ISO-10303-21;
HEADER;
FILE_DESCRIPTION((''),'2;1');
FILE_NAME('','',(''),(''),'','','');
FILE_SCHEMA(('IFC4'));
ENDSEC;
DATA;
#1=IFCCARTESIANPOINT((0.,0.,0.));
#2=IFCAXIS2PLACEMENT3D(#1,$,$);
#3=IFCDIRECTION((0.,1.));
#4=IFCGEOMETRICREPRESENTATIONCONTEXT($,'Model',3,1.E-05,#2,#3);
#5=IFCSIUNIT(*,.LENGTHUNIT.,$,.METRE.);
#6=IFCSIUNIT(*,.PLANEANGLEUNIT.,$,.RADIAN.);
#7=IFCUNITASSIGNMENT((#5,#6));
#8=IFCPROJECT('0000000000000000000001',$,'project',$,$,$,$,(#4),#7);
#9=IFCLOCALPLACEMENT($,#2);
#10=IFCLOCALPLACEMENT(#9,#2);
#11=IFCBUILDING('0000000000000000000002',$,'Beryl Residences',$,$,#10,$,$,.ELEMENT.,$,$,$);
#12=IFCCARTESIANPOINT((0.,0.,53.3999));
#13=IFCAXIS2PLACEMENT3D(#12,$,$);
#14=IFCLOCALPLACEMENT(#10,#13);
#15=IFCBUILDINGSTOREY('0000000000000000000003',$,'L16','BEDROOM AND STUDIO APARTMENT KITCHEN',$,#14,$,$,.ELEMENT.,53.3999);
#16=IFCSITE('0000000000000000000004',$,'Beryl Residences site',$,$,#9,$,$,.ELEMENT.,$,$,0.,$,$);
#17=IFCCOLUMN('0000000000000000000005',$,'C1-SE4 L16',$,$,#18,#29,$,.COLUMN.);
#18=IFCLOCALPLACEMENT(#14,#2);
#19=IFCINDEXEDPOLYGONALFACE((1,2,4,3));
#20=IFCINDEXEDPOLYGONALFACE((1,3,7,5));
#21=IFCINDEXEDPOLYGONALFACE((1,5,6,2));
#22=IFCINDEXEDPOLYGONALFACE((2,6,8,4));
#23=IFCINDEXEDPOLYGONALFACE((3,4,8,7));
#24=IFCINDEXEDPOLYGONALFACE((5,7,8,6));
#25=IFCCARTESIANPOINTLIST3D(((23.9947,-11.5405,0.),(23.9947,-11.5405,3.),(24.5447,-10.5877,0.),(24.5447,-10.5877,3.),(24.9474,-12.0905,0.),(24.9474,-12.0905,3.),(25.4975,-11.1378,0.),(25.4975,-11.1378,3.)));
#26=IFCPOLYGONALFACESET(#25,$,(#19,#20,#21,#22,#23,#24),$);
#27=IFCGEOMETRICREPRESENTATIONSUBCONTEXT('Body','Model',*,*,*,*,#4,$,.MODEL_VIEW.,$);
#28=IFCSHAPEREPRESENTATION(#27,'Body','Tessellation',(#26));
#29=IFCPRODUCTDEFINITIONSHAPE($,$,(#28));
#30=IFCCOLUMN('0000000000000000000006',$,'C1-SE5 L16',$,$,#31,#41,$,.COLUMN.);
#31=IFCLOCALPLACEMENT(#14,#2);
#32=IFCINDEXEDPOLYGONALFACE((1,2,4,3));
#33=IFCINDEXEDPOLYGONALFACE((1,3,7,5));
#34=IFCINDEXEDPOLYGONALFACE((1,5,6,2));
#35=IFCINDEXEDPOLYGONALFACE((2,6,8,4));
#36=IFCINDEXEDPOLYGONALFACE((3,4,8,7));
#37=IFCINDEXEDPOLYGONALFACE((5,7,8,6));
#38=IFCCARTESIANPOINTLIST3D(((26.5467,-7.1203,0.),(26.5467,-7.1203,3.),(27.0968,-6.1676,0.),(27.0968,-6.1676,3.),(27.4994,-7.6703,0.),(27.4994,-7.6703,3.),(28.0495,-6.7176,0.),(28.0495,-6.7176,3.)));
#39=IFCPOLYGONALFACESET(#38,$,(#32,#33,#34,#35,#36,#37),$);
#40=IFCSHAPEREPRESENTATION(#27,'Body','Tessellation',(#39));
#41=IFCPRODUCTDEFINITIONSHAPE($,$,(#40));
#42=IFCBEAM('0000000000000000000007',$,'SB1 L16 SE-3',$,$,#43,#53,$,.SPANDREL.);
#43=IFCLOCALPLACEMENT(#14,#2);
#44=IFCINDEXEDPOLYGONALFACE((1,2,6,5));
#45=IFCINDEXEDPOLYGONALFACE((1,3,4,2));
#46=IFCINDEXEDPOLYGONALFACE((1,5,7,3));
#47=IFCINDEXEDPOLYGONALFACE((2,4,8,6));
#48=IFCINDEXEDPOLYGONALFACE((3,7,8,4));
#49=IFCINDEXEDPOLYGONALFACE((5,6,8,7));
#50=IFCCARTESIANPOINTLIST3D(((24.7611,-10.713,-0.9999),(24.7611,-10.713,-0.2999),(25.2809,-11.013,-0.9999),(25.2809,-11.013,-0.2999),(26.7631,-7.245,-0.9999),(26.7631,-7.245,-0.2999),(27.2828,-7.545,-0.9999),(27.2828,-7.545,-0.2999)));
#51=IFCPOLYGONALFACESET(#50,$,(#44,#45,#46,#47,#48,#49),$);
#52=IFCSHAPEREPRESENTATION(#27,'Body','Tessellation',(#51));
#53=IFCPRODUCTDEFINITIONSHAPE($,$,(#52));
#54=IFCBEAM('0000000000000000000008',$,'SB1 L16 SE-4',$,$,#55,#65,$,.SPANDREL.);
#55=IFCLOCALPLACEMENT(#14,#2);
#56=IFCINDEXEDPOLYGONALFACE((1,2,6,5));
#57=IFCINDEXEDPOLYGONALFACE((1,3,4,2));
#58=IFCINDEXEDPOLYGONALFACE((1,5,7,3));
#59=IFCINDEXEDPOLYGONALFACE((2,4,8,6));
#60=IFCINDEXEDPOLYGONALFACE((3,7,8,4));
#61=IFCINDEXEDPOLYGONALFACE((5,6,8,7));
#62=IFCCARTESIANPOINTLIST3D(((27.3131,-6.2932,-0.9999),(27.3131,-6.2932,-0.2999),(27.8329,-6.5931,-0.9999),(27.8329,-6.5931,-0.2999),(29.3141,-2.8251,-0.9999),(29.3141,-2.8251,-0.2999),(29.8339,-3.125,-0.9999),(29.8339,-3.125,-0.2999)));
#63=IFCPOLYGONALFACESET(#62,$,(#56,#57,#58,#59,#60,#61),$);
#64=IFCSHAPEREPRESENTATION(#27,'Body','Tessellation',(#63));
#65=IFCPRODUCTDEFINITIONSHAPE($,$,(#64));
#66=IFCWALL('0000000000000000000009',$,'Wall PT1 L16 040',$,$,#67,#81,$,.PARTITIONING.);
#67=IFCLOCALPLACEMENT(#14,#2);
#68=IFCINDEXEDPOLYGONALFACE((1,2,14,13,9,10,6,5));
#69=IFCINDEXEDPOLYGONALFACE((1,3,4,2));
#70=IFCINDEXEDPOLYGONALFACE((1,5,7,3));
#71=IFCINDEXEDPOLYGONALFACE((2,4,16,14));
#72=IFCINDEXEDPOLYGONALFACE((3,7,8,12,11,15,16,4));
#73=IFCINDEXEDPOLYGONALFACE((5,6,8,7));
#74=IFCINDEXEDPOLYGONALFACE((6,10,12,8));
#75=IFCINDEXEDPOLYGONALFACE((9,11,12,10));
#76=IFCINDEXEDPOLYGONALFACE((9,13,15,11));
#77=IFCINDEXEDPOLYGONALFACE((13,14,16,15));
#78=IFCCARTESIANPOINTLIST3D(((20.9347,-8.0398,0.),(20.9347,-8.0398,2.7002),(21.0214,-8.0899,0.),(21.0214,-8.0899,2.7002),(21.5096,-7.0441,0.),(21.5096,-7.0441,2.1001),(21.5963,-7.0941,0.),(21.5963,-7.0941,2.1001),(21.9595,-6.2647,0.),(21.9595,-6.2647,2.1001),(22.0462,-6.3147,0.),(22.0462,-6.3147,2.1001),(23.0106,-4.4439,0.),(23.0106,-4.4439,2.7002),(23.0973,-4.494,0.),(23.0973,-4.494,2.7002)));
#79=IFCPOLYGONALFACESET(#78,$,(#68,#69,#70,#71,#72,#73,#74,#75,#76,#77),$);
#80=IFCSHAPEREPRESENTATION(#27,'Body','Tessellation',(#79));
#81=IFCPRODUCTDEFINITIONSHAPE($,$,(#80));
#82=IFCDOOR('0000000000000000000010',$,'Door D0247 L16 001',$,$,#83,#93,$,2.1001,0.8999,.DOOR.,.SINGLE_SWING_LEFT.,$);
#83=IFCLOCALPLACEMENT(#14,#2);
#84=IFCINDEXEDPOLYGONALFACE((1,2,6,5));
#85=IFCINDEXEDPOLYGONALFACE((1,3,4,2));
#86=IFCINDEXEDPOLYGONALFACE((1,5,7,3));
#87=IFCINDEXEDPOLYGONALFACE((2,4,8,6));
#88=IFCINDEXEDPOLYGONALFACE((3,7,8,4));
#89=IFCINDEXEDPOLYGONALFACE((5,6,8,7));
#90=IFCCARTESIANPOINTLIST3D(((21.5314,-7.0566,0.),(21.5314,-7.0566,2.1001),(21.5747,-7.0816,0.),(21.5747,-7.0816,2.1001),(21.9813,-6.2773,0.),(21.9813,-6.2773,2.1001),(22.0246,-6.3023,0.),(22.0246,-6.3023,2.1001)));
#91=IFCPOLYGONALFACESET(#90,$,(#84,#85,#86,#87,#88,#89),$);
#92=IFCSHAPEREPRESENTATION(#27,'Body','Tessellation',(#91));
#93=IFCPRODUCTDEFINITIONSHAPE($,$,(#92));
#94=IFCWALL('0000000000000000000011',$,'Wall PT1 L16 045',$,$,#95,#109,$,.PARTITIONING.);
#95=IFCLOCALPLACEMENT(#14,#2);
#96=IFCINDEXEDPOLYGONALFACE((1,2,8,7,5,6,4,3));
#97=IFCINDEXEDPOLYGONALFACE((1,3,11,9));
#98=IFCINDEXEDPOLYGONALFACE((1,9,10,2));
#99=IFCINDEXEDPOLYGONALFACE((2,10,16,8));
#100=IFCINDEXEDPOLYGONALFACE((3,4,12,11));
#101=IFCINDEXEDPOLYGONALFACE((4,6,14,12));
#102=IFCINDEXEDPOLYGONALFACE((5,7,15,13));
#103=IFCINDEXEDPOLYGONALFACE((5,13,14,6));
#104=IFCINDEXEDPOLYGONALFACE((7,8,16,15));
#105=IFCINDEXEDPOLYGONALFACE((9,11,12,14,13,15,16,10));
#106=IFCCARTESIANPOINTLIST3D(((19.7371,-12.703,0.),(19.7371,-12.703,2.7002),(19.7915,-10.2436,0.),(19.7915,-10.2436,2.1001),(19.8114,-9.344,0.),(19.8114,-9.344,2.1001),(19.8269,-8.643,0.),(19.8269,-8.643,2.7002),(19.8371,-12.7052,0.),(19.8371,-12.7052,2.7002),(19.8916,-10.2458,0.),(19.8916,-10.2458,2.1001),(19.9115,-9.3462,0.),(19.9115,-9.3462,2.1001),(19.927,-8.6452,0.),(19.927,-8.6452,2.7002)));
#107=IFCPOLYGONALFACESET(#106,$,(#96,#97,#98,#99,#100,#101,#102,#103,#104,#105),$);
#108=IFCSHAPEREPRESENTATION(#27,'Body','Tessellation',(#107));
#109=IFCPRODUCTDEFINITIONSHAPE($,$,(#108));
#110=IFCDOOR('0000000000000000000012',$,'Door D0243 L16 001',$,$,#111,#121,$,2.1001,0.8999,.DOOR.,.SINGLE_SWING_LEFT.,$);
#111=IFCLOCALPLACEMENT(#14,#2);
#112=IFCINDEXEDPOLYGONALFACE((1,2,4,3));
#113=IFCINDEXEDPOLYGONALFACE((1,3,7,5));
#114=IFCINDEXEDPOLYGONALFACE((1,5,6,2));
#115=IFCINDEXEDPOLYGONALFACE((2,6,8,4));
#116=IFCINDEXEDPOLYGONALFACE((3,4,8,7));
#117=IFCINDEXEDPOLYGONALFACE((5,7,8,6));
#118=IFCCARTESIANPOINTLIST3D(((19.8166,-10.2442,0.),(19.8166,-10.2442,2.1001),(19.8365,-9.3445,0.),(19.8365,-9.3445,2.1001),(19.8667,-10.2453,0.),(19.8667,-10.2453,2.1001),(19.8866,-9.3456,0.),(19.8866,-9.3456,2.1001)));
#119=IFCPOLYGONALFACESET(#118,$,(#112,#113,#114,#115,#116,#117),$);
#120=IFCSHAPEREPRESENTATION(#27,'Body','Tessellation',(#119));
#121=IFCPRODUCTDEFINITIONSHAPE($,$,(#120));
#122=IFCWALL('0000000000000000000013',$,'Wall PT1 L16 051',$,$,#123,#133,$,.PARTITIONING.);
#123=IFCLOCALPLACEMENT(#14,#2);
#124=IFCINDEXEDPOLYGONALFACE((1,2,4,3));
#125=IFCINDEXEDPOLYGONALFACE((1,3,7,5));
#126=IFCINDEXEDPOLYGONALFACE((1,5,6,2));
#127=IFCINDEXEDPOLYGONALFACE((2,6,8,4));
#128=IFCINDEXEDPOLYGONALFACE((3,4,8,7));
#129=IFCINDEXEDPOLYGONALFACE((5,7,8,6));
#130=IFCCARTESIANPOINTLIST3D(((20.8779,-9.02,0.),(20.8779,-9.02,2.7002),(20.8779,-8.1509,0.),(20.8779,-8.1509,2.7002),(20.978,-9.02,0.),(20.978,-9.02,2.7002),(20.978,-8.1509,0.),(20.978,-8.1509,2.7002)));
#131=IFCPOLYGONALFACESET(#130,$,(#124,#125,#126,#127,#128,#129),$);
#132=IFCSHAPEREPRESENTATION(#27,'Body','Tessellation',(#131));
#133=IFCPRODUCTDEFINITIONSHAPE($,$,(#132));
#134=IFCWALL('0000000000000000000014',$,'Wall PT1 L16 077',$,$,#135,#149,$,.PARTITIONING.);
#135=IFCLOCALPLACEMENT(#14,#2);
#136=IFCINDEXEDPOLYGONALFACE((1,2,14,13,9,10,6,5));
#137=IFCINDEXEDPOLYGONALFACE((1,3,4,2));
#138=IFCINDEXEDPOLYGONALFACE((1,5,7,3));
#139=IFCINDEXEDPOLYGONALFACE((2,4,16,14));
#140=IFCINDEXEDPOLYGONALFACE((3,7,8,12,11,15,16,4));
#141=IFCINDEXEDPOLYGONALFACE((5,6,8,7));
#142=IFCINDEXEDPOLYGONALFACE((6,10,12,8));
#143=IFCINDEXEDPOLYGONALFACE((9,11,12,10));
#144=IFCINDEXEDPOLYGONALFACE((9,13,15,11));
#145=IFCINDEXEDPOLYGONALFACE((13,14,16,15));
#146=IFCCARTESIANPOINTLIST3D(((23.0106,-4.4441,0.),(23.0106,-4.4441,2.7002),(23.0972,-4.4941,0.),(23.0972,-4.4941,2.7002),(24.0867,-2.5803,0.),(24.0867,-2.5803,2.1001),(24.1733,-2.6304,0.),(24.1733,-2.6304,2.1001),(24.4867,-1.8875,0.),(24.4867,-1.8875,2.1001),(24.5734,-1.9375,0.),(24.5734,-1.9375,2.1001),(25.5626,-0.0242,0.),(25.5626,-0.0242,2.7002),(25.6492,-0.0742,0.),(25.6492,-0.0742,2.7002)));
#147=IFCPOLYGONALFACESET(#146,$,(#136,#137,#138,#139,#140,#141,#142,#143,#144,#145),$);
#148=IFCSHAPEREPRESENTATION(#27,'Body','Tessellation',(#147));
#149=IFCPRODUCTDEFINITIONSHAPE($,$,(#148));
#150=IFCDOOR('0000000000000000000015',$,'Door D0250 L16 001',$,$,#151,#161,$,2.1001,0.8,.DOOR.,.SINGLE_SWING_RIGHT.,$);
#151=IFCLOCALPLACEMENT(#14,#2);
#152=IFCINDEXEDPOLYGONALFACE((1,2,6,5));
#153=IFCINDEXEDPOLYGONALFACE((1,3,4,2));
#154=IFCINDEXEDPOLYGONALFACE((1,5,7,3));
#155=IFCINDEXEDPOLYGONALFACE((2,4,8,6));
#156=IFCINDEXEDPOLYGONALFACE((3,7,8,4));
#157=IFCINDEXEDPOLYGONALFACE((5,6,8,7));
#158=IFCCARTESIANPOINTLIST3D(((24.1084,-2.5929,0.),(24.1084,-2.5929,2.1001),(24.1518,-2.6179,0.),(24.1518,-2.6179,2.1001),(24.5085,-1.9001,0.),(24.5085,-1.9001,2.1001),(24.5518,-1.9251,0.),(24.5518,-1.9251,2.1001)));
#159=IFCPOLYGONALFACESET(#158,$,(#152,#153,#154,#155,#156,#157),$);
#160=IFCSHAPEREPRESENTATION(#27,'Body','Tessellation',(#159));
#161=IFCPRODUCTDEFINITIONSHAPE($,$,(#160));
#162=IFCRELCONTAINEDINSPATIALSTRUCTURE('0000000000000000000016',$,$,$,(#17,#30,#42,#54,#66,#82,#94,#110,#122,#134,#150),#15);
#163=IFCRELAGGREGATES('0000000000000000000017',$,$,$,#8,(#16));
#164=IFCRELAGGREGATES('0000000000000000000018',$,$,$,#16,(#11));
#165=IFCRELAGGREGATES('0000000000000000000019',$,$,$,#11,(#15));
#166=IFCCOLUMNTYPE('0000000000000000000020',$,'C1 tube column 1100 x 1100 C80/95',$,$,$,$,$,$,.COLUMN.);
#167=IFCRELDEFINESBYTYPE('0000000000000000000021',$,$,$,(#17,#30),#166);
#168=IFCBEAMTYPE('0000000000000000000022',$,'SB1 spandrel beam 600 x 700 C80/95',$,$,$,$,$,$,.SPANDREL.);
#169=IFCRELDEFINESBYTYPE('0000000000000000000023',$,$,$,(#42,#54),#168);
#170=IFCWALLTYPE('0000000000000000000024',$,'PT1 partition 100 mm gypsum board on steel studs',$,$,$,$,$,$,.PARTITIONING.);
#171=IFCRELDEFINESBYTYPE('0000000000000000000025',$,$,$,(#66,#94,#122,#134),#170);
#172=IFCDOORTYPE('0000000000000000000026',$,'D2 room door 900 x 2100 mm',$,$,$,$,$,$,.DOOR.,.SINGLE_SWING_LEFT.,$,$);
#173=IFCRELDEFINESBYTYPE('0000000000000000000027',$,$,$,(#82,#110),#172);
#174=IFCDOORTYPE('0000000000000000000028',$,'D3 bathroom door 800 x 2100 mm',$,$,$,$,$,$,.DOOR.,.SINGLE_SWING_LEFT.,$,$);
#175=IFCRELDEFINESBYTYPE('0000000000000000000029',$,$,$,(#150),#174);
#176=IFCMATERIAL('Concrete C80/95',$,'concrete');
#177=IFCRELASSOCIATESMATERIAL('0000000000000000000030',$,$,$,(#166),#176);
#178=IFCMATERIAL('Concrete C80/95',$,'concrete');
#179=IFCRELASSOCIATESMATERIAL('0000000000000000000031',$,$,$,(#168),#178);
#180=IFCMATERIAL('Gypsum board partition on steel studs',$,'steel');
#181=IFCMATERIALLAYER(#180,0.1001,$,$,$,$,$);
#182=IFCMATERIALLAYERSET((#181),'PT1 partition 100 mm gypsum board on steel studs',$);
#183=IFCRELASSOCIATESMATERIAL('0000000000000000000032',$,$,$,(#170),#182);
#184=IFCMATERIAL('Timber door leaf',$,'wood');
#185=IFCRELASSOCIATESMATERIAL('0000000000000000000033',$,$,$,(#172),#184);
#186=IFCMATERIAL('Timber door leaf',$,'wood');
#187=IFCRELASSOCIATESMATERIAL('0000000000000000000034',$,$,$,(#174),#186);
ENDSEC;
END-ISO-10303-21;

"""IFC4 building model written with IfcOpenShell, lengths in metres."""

from ifc_helpers import new_model, si_unit, direction, frame, frame_2d, origin, origin_2d, place, context, subcontext, project, spatial, rectangle, extrude, material, layer, layer_set, material_profile, profile_set, type_object, element, fill, save


model = new_model("IFC4")

# Units and contexts
model_context = context("Model", 3, precision=1e-05, world=origin(), true_north=direction((0.0, 1.0)))
body_context = subcontext(model_context, "Body", "Model", "MODEL_VIEW")
ifc_project = project(units=[si_unit("LENGTHUNIT", "METRE"), si_unit("PLANEANGLEUNIT", "RADIAN")], contexts=[model_context])

# Site, building, storey
site_placement = place(None, origin())
site = spatial("IfcSite", under=ifc_project, at=site_placement, Name="Beryl Residences site", CompositionType="ELEMENT", RefElevation=0.0)
building_placement = place(site_placement, origin())
building = spatial("IfcBuilding", under=site, at=building_placement, Name="Beryl Residences", CompositionType="ELEMENT")
storey_placement = place(building_placement, frame((0.0, 0.0, 53.3999)))
storey = spatial("IfcBuildingStorey", under=building, at=storey_placement, Name="L16", Description="BEDROOM AND STUDIO APARTMENT KITCHEN", CompositionType="ELEMENT", Elevation=53.3999)

# Columns
ifc_material_1 = material(Name="Concrete C80/95", Category="concrete")
ifc_material_profile_1 = material_profile(ifc_material_1, rectangle(XDim=1.1001, YDim=1.1001, at=origin_2d()))
ifc_profile_set_1 = profile_set([ifc_material_profile_1], Name="Concrete C80/95")
column_type = type_object("IfcColumnType", Name="C1 tube column 1100 x 1100 C80/95", PredefinedType="COLUMN", material=ifc_profile_set_1)
for number, where, z_axis, x_axis, name in (
    (1, (24.7461, -11.3391, 0.0), (0.0, 0.0, 1.0), (0.499985, 0.866034, 0.0), "C1-SE4 L16"),
    (2, (27.2981, -6.9189, 0.0), (0.0, 0.0, 1.0), (0.499985, 0.866034, 0.0), "C1-SE5 L16"),
):
    element("IfcColumn", number, at=place(storey_placement, frame(where, z_axis=z_axis, x_axis=x_axis)), inside=storey, type_object=column_type, Name=name, PredefinedType="COLUMN", context=body_context, shape_type="SweptSolid", body=[
        extrude(rectangle(XDim=1.1001, YDim=1.1001, at=origin_2d()), origin(), (0.0, 0.0, 1.0), 3.0),
    ])

# Beams
ifc_material_2 = material(Name="Concrete C80/95", Category="concrete")
ifc_material_profile_2 = material_profile(ifc_material_2, rectangle(XDim=0.6001, YDim=0.7, at=origin_2d()))
ifc_profile_set_2 = profile_set([ifc_material_profile_2], Name="Concrete C80/95")
beam_type = type_object("IfcBeamType", Name="SB1 spandrel beam 600 x 700 C80/95", PredefinedType="SPANDREL", material=ifc_profile_set_2)
beam_1_placement = place(storey_placement, frame((25.021, -10.863, -0.6499), z_axis=(0.499942, 0.866059, 0.0), x_axis=(-0.866059, 0.499942, 0.0)))
element("IfcBeam", 3, at=beam_1_placement, inside=storey, type_object=beam_type, Name="SB1 L16 SE-3", PredefinedType="SPANDREL", context=body_context, shape_type="SweptSolid", body=[
    extrude(rectangle(XDim=0.6001, YDim=0.7, at=origin_2d()), origin(), (0.0, 0.0, 1.0), 4.0044),
])
beam_2_placement = place(storey_placement, frame((27.573, -6.4431, -0.6499), z_axis=(0.499759, 0.866164, 0.0), x_axis=(-0.866164, 0.499759, 0.0)))
element("IfcBeam", 4, at=beam_2_placement, inside=storey, type_object=beam_type, Name="SB1 L16 SE-4", PredefinedType="SPANDREL", context=body_context, shape_type="SweptSolid", body=[
    extrude(rectangle(XDim=0.6001, YDim=0.7, at=origin_2d()), origin(), (0.0, 0.0, 1.0), 4.0039),
])

# Walls, openings, doors
ifc_material_3 = material(Name="Gypsum board partition on steel studs", Category="steel")
ifc_layer = layer(ifc_material_3, 0.1001)
ifc_layer_set = layer_set([ifc_layer], Name="PT1 partition 100 mm gypsum board on steel studs")
wall_type = type_object("IfcWallType", Name="PT1 partition 100 mm gypsum board on steel studs", PredefinedType="PARTITIONING", material=ifc_layer_set)
wall_1_placement = place(storey_placement, frame((20.978, -8.0649, 0.0), z_axis=(0.0, 0.0, 1.0), x_axis=(0.499965, 0.866046, 0.0)))
wall_1 = element("IfcWall", 5, at=wall_1_placement, inside=storey, type_object=wall_type, Name="Wall PT1 L16 040", PredefinedType="PARTITIONING", context=body_context, shape_type="SweptSolid", body=[
    extrude(rectangle(XDim=4.1521, YDim=0.1001, at=frame_2d((2.0762, 0.0))), origin(), (0.0, 0.0, 1.0), 2.7002),
])
opening_1_placement = place(wall_1_placement, frame((1.1499, 0.0, 0.0)))
opening_1 = element("IfcOpeningElement", 6, at=opening_1_placement, cuts=wall_1, PredefinedType="OPENING", context=body_context, shape_type="SweptSolid", body=[
    extrude(rectangle(XDim=0.8999, YDim=2.1001, at=frame_2d((0.45, 1.05))), frame((0.0, 0.0601, 0.0), z_axis=(0.0, -1.0, 0.0), x_axis=(1.0, 0.0, 0.0)), (0.0, 0.0, 1.0), 0.1201),
])
ifc_material_4 = material(Name="Timber door leaf", Category="wood")
door_type_1 = type_object("IfcDoorType", Name="D2 room door 900 x 2100 mm", OperationType="SINGLE_SWING_LEFT", PredefinedType="DOOR", material=ifc_material_4)
door_1_placement = place(opening_1_placement, origin())
door_1 = element("IfcDoor", 7, at=door_1_placement, inside=storey, type_object=door_type_1, Name="Door D0247 L16 001", OperationType="SINGLE_SWING_LEFT", OverallHeight=2.1001, OverallWidth=0.8999, PredefinedType="DOOR", context=body_context, shape_type="SweptSolid", body=[
    extrude(rectangle(XDim=0.8999, YDim=2.1001, at=frame_2d((0.45, 1.05))), frame((0.0, 0.0249, 0.0), z_axis=(0.0, -1.0, 0.0), x_axis=(1.0, 0.0, 0.0)), (0.0, 0.0, 1.0), 0.05),
])
fill(opening_1, door_1)
wall_2_placement = place(storey_placement, frame((19.7871, -12.7041, 0.0), z_axis=(0.0, 0.0, 1.0), x_axis=(0.022123, 0.999755, 0.0)))
wall_2 = element("IfcWall", 8, at=wall_2_placement, inside=storey, type_object=wall_type, Name="Wall PT1 L16 045", PredefinedType="PARTITIONING", context=body_context, shape_type="SweptSolid", body=[
    extrude(rectangle(XDim=4.061, YDim=0.1001, at=frame_2d((2.0305, 0.0))), origin(), (0.0, 0.0, 1.0), 2.7002),
])
opening_2_placement = place(wall_2_placement, frame((2.46, 0.0, 0.0)))
opening_2 = element("IfcOpeningElement", 9, at=opening_2_placement, cuts=wall_2, PredefinedType="OPENING", context=body_context, shape_type="SweptSolid", body=[
    extrude(rectangle(XDim=0.8999, YDim=2.1001, at=frame_2d((0.45, 1.05))), frame((0.0, 0.0601, 0.0), z_axis=(0.0, -1.0, 0.0), x_axis=(1.0, 0.0, 0.0)), (0.0, 0.0, 1.0), 0.1201),
])
door_2_placement = place(opening_2_placement, origin())
door_2 = element("IfcDoor", 10, at=door_2_placement, inside=storey, type_object=door_type_1, Name="Door D0243 L16 001", OperationType="SINGLE_SWING_LEFT", OverallHeight=2.1001, OverallWidth=0.8999, PredefinedType="DOOR", context=body_context, shape_type="SweptSolid", body=[
    extrude(rectangle(XDim=0.8999, YDim=2.1001, at=frame_2d((0.45, 1.05))), frame((0.0, 0.0249, 0.0), z_axis=(0.0, -1.0, 0.0), x_axis=(1.0, 0.0, 0.0)), (0.0, 0.0, 1.0), 0.05),
])
fill(opening_2, door_2)

# Wall
wall_3_placement = place(storey_placement, frame((20.928, -9.02, 0.0), z_axis=(0.0, 0.0, 1.0), x_axis=(0.0, 1.0, 0.0)))
element("IfcWall", 11, at=wall_3_placement, inside=storey, type_object=wall_type, Name="Wall PT1 L16 051", PredefinedType="PARTITIONING", context=body_context, shape_type="SweptSolid", body=[
    extrude(rectangle(XDim=0.8691, YDim=0.1001, at=frame_2d((0.4346, 0.0))), origin(), (0.0, 0.0, 1.0), 2.7002),
])

# Wall, opening, door
wall_4_placement = place(storey_placement, frame((23.054, -4.469, 0.0), z_axis=(0.0, 0.0, 1.0), x_axis=(0.500023, 0.866012, 0.0)))
wall_4 = element("IfcWall", 12, at=wall_4_placement, inside=storey, type_object=wall_type, Name="Wall PT1 L16 077", PredefinedType="PARTITIONING", context=body_context, shape_type="SweptSolid", body=[
    extrude(rectangle(XDim=5.1038, YDim=0.1001, at=frame_2d((2.5518, 0.0))), origin(), (0.0, 0.0, 1.0), 2.7002),
])
opening_3_placement = place(wall_4_placement, frame((2.1521, 0.0, 0.0)))
opening_3 = element("IfcOpeningElement", 13, at=opening_3_placement, cuts=wall_4, PredefinedType="OPENING", context=body_context, shape_type="SweptSolid", body=[
    extrude(rectangle(XDim=0.8, YDim=2.1001, at=frame_2d((0.3999, 1.05))), frame((0.0, 0.0601, 0.0), z_axis=(0.0, -1.0, 0.0), x_axis=(1.0, 0.0, 0.0)), (0.0, 0.0, 1.0), 0.1201),
])
ifc_material_5 = material(Name="Timber door leaf", Category="wood")
door_type_2 = type_object("IfcDoorType", Name="D3 bathroom door 800 x 2100 mm", OperationType="SINGLE_SWING_LEFT", PredefinedType="DOOR", material=ifc_material_5)
door_3_placement = place(opening_3_placement, origin())
door_3 = element("IfcDoor", 14, at=door_3_placement, inside=storey, type_object=door_type_2, Name="Door D0250 L16 001", OperationType="SINGLE_SWING_RIGHT", OverallHeight=2.1001, OverallWidth=0.8, PredefinedType="DOOR", context=body_context, shape_type="SweptSolid", body=[
    extrude(rectangle(XDim=0.8, YDim=2.1001, at=frame_2d((0.3999, 1.05))), frame((0.0, 0.0249, 0.0), z_axis=(0.0, -1.0, 0.0), x_axis=(1.0, 0.0, 0.0)), (0.0, 0.0, 1.0), 0.05),
])
fill(opening_3, door_3)

save(model, "model.ifc")
